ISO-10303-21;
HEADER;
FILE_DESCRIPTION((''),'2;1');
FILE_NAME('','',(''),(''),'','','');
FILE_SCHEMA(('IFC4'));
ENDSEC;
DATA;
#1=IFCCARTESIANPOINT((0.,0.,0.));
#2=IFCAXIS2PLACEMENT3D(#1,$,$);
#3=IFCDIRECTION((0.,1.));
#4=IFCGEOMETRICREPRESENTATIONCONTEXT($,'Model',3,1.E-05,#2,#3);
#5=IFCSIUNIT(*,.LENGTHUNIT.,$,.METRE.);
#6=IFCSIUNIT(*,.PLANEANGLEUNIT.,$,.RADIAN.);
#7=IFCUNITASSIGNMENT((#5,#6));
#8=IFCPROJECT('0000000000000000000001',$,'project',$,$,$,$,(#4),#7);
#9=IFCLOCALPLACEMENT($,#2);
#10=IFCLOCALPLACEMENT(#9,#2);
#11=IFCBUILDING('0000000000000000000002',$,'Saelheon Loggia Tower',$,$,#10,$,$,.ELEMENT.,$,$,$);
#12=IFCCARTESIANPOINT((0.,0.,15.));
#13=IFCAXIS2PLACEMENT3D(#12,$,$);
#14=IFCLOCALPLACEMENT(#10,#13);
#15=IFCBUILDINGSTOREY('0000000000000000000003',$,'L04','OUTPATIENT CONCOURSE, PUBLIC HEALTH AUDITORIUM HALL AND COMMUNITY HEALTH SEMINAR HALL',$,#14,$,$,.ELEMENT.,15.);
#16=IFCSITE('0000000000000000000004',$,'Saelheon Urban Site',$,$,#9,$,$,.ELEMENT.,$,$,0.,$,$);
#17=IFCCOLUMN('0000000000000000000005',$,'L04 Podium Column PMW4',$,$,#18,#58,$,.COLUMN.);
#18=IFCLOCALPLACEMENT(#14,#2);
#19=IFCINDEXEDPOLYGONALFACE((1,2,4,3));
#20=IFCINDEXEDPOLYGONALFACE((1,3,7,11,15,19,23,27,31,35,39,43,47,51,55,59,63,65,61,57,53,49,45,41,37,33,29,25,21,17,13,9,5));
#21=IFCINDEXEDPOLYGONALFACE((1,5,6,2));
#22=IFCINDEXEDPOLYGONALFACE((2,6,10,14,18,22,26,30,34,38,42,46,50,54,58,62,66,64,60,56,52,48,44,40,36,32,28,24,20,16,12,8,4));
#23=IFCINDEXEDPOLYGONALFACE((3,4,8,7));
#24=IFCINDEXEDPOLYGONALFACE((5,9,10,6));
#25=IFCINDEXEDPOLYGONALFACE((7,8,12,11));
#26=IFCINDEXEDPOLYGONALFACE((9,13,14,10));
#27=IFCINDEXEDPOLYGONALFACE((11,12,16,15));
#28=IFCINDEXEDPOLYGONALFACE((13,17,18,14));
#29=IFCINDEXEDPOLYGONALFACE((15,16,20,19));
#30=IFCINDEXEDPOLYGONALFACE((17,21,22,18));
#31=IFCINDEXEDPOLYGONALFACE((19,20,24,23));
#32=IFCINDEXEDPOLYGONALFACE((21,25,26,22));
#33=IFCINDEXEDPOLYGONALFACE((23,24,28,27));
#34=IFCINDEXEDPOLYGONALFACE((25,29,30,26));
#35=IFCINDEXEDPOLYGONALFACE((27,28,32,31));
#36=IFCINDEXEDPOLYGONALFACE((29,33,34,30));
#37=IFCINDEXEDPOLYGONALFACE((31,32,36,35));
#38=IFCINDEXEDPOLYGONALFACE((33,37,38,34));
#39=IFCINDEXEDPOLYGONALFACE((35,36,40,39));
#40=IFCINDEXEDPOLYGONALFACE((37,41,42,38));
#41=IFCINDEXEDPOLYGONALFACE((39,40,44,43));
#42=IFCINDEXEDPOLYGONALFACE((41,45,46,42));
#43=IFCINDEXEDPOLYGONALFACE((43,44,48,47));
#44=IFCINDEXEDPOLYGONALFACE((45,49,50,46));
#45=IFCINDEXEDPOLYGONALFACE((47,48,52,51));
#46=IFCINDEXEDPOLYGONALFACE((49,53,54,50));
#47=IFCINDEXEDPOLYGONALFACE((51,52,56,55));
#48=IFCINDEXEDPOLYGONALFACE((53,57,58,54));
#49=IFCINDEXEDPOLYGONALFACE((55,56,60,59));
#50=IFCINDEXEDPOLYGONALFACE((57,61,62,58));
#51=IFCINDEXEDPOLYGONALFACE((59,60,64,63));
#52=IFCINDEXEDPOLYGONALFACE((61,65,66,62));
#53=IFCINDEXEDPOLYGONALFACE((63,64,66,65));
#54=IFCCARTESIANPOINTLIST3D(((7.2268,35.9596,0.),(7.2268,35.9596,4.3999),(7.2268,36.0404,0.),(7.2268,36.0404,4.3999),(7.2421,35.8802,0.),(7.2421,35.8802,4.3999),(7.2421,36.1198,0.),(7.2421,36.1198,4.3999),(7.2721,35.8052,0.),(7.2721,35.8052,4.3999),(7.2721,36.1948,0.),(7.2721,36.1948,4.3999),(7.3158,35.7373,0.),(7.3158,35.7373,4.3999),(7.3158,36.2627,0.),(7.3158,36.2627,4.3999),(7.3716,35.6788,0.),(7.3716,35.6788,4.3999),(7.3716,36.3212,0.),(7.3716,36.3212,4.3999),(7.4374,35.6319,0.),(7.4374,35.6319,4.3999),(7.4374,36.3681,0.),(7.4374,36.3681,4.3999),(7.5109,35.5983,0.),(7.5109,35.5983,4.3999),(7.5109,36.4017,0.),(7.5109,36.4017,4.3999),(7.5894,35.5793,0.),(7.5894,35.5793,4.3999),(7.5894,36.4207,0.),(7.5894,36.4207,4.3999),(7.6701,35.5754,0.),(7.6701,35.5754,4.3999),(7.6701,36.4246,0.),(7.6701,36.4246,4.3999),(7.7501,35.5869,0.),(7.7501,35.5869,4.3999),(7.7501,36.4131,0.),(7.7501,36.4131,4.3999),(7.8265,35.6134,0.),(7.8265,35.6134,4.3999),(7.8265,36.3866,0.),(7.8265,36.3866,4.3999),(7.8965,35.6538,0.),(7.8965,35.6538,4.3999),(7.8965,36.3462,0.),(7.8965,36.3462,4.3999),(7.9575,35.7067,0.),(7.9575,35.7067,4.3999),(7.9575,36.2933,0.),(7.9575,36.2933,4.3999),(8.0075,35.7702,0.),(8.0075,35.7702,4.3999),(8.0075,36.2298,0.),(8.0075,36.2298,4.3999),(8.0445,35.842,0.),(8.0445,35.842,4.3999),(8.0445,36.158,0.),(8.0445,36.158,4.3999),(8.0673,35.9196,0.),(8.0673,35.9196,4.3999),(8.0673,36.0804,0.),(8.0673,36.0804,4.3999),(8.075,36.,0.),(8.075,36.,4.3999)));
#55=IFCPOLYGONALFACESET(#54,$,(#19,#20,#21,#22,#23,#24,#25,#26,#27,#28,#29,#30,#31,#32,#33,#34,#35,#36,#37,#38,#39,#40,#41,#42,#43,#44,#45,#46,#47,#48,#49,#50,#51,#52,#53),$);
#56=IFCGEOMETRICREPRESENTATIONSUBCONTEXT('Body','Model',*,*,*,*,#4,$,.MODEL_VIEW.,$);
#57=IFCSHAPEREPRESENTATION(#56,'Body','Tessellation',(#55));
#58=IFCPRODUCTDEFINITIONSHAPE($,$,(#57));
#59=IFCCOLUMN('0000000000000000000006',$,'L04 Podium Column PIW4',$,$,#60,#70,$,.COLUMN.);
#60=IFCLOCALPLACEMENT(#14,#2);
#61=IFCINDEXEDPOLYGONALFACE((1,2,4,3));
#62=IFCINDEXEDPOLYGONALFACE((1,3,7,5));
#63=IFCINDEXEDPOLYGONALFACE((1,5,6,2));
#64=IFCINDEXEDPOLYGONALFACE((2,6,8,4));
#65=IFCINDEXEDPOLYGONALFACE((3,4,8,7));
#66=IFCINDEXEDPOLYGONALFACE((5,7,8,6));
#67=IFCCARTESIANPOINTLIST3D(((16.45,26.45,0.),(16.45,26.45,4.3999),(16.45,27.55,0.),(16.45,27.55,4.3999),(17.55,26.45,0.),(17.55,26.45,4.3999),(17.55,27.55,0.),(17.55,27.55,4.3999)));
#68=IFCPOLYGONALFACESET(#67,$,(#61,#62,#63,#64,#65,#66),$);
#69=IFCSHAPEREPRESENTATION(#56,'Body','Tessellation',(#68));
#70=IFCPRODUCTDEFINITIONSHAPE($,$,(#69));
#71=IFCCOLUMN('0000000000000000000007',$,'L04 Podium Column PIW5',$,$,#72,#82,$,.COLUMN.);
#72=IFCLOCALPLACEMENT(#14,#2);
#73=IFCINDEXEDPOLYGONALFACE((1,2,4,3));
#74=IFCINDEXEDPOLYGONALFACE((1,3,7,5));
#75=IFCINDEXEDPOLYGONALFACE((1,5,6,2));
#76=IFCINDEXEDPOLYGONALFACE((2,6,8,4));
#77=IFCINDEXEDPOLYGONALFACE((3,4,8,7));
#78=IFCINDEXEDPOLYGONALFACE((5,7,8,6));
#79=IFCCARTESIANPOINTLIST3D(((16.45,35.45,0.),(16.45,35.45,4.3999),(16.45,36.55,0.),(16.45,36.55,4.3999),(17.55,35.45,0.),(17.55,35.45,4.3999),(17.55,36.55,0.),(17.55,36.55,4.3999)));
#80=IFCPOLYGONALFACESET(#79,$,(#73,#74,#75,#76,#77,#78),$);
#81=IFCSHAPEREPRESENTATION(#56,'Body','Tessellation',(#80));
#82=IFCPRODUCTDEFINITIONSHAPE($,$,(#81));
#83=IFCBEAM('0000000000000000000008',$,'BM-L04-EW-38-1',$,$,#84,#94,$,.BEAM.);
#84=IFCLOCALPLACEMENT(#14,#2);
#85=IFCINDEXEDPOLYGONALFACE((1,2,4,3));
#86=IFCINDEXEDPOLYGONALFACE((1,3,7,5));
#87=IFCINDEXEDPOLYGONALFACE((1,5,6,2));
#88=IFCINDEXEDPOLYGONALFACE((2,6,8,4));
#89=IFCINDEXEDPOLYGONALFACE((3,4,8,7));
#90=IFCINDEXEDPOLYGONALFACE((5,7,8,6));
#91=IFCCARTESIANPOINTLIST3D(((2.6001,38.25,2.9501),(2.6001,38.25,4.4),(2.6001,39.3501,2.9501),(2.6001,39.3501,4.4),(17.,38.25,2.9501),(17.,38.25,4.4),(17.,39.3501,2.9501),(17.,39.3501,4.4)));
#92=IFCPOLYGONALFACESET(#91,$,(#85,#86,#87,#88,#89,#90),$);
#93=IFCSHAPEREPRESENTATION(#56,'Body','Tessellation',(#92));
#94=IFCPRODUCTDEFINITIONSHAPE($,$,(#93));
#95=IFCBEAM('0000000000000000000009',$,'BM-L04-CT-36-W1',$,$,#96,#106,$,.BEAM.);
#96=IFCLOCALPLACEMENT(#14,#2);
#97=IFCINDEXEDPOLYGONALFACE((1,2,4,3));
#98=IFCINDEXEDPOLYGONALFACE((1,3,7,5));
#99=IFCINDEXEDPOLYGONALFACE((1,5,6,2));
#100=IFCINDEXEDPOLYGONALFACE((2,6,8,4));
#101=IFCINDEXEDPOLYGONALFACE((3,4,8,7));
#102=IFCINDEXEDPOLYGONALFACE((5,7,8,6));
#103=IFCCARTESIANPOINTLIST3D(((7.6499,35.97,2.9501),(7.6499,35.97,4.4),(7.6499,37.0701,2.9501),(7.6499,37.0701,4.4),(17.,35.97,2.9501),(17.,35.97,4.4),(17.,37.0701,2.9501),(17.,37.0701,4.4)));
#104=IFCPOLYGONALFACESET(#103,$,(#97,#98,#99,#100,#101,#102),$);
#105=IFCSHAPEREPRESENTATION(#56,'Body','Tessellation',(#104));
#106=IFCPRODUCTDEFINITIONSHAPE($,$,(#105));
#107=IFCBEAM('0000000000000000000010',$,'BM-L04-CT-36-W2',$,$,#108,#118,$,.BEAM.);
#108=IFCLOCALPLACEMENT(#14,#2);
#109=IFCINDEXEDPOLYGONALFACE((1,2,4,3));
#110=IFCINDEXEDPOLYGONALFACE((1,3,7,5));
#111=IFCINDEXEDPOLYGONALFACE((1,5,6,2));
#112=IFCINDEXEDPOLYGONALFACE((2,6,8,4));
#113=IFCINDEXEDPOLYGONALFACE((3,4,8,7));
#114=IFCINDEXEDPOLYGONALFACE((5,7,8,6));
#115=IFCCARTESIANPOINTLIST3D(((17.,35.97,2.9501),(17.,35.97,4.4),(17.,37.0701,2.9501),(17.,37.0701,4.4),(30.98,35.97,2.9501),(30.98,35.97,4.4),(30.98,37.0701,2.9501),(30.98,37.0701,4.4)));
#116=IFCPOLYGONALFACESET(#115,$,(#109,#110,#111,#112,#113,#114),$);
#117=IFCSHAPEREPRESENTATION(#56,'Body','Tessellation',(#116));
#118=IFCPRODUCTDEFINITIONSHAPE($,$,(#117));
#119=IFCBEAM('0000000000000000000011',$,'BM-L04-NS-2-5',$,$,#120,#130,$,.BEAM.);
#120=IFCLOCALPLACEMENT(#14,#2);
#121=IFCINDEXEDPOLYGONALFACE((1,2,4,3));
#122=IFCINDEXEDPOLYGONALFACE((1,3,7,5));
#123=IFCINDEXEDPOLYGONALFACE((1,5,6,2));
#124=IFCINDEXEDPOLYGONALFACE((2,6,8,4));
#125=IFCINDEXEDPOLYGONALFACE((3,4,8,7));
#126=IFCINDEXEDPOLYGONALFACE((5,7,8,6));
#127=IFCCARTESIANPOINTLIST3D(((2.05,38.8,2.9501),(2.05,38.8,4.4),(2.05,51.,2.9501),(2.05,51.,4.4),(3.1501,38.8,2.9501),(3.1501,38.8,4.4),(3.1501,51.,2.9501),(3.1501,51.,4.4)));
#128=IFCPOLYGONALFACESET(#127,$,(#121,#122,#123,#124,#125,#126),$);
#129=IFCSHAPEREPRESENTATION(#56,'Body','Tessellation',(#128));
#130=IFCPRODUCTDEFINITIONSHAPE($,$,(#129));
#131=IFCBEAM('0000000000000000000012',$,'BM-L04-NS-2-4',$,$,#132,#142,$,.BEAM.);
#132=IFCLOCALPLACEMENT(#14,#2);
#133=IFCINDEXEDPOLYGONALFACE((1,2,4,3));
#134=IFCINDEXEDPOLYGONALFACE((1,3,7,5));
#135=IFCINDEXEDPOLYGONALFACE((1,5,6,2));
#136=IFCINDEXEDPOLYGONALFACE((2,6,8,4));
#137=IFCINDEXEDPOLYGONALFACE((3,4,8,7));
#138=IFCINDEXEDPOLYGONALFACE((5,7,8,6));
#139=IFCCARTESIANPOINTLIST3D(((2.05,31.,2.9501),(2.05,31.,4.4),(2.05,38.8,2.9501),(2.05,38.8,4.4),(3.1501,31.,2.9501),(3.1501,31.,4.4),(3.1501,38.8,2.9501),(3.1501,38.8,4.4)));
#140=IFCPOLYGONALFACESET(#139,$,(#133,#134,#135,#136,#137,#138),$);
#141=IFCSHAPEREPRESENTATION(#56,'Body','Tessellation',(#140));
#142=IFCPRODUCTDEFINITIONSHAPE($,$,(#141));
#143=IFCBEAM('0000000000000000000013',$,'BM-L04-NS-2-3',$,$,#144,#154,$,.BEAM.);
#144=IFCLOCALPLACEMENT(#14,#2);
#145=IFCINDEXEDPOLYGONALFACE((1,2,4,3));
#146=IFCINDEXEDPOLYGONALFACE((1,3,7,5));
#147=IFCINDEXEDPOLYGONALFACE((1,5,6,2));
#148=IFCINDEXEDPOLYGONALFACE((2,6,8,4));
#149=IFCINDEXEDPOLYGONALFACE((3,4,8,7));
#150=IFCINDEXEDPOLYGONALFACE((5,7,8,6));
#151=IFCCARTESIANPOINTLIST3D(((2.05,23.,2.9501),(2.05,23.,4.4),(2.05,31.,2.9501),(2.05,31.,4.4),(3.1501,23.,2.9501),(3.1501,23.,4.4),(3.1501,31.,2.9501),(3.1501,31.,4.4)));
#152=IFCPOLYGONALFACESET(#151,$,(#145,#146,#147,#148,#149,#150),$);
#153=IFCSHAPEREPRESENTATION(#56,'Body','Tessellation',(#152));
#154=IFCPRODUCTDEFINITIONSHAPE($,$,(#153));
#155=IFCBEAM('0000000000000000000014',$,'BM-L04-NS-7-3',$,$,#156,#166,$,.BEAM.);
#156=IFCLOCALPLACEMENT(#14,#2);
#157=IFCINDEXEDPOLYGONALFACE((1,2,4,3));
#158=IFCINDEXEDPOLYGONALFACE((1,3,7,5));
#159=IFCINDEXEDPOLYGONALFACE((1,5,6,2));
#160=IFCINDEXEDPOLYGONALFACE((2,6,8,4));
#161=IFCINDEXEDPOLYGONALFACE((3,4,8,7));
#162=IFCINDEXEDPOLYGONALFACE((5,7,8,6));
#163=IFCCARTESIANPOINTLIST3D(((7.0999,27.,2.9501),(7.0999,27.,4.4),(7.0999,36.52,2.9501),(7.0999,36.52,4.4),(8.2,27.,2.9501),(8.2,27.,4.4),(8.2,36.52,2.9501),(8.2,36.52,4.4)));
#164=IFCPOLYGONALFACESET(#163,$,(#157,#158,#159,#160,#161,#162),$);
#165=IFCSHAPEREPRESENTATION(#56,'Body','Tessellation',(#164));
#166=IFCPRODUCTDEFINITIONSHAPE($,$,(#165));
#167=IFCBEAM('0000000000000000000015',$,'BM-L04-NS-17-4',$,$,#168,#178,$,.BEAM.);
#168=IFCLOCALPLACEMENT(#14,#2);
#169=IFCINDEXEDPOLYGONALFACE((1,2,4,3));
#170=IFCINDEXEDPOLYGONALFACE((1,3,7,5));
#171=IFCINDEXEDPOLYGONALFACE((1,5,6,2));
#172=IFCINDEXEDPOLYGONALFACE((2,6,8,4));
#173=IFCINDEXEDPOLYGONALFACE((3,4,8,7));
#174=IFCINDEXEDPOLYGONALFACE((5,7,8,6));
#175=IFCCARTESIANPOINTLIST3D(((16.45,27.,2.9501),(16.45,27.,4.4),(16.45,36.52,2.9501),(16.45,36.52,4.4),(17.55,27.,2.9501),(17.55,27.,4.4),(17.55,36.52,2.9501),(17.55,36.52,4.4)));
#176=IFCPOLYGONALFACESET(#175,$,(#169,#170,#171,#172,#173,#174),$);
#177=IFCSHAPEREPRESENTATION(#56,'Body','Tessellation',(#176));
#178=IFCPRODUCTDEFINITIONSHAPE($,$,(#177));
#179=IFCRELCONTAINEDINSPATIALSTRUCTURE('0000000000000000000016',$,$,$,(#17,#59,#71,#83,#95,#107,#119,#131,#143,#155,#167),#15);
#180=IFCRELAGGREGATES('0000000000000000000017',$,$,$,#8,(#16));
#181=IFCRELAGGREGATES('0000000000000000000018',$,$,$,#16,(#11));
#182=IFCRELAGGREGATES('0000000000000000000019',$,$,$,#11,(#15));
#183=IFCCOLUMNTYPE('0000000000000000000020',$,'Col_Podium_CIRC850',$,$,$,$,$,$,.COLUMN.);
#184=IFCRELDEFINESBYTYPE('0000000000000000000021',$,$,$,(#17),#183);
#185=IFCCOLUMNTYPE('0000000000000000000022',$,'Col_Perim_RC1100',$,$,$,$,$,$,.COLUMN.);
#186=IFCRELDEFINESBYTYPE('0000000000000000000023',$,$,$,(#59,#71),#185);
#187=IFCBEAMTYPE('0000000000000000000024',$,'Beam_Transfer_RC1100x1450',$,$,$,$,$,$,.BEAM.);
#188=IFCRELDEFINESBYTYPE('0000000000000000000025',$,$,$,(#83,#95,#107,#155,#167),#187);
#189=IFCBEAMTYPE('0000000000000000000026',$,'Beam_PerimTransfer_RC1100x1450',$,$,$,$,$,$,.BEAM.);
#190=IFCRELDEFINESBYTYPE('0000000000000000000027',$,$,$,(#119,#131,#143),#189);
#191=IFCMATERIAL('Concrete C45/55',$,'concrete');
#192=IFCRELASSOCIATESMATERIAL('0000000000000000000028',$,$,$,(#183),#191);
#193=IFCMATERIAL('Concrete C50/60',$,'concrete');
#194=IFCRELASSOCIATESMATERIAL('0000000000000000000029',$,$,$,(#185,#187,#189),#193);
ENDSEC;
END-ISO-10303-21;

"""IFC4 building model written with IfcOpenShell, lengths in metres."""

from ifc_helpers import new_model, si_unit, direction, frame, origin, origin_2d, place, context, subcontext, project, spatial, rectangle, circle, extrude, source, transform, mapped, material, material_profile, profile_set, type_object, element, save


model = new_model("IFC4")

# Units and contexts
model_context = context("Model", 3, precision=1e-05, world=origin(), true_north=direction((0.0, 1.0)))
body_context = subcontext(model_context, "Body", "Model", "MODEL_VIEW")
ifc_project = project(units=[si_unit("LENGTHUNIT", "METRE"), si_unit("PLANEANGLEUNIT", "RADIAN")], contexts=[model_context])

# Site, building, storey
site_placement = place(None, origin())
site = spatial("IfcSite", under=ifc_project, at=site_placement, Name="Saelheon Urban Site", CompositionType="ELEMENT", RefElevation=0.0)
building_placement = place(site_placement, origin())
building = spatial("IfcBuilding", under=site, at=building_placement, Name="Saelheon Loggia Tower", CompositionType="ELEMENT")
storey_placement = place(building_placement, frame((0.0, 0.0, 15.0)))
storey = spatial("IfcBuildingStorey", under=building, at=storey_placement, Name="L04", Description="OUTPATIENT CONCOURSE, PUBLIC HEALTH AUDITORIUM HALL AND COMMUNITY HEALTH SEMINAR HALL", CompositionType="ELEMENT", Elevation=15.0)

# Columns
ifc_material_1 = material(Name="Concrete C50/60", Category="concrete")
ifc_material_2 = material(Name="Concrete C45/55", Category="concrete")
ifc_material_profile_1 = material_profile(ifc_material_2, circle(Radius=0.425, at=origin_2d()), Name="CIRC-850")
ifc_profile_set_1 = profile_set([ifc_material_profile_1], Name="Concrete C45/55")
column_type_1 = type_object("IfcColumnType", Name="Col_Podium_CIRC850", PredefinedType="COLUMN", material=ifc_profile_set_1)
shared_shape_1 = source(origin(), body_context, "Body", "SweptSolid", [
    extrude(circle(Radius=0.425, at=origin_2d()), origin(), (0.0, 0.0, 1.0), 4.3999),
])
for number, where, z_axis, x_axis, name in (
    (1, (7.6499, 36.0, 0.0), (0.0, 0.0, 1.0), (1.0, 0.0, 0.0), "L04 Podium Column PMW4"),
):
    element("IfcColumn", number, at=place(storey_placement, frame(where, z_axis=z_axis, x_axis=x_axis)), inside=storey, type_object=column_type_1, Name=name, PredefinedType="COLUMN", context=body_context, shape_type="MappedRepresentation", body=[
        mapped(shared_shape_1, transform((0.0, 0.0, 0.0), scale=1.0)),
    ])
ifc_material_profile_2 = material_profile(ifc_material_1, rectangle(XDim=1.1001, YDim=1.1001, at=origin_2d()), Name="RC-1100x1100")
ifc_profile_set_2 = profile_set([ifc_material_profile_2], Name="Concrete C50/60")
column_type_2 = type_object("IfcColumnType", Name="Col_Perim_RC1100", PredefinedType="COLUMN", material=ifc_profile_set_2)
shared_shape_2 = source(origin(), body_context, "Body", "SweptSolid", [
    extrude(rectangle(XDim=1.1001, YDim=1.1001, at=origin_2d()), origin(), (0.0, 0.0, 1.0), 4.3999),
])
for number, where, z_axis, x_axis, name in (
    (2, (17.0, 27.0, 0.0), (0.0, 0.0, 1.0), (1.0, 0.0, 0.0), "L04 Podium Column PIW4"),
    (3, (17.0, 36.0, 0.0), (0.0, 0.0, 1.0), (1.0, 0.0, 0.0), "L04 Podium Column PIW5"),
):
    element("IfcColumn", number, at=place(storey_placement, frame(where, z_axis=z_axis, x_axis=x_axis)), inside=storey, type_object=column_type_2, Name=name, PredefinedType="COLUMN", context=body_context, shape_type="MappedRepresentation", body=[
        mapped(shared_shape_2, transform((0.0, 0.0, 0.0), scale=1.0)),
    ])

# Beams
ifc_material_profile_3 = material_profile(ifc_material_1, rectangle(XDim=1.1001, YDim=1.45, at=origin_2d()), Name="RC-1100x1450")
ifc_profile_set_3 = profile_set([ifc_material_profile_3], Name="Concrete C50/60")
beam_type_1 = type_object("IfcBeamType", Name="Beam_Transfer_RC1100x1450", PredefinedType="BEAM", material=ifc_profile_set_3)
shared_shape_3 = source(origin(), body_context, "Body", "SweptSolid", [
    extrude(rectangle(XDim=1.1001, YDim=1.45, at=origin_2d()), origin(), (0.0, 0.0, 1.0), 14.3999),
])
beam_1_placement = place(storey_placement, frame((2.6001, 38.8, 3.675), z_axis=(1.0, 0.0, 0.0), x_axis=(0.0, 1.0, 0.0)))
element("IfcBeam", 4, at=beam_1_placement, inside=storey, type_object=beam_type_1, Name="BM-L04-EW-38-1", PredefinedType="BEAM", context=body_context, shape_type="MappedRepresentation", body=[
    mapped(shared_shape_3, transform((0.0, 0.0, 0.0), scale=1.0)),
])
shared_shape_4 = source(origin(), body_context, "Body", "SweptSolid", [
    extrude(rectangle(XDim=1.1001, YDim=1.45, at=origin_2d()), origin(), (0.0, 0.0, 1.0), 9.3501),
])
beam_2_placement = place(storey_placement, frame((7.6499, 36.52, 3.675), z_axis=(1.0, 0.0, 0.0), x_axis=(0.0, 1.0, 0.0)))
element("IfcBeam", 5, at=beam_2_placement, inside=storey, type_object=beam_type_1, Name="BM-L04-CT-36-W1", PredefinedType="BEAM", context=body_context, shape_type="MappedRepresentation", body=[
    mapped(shared_shape_4, transform((0.0, 0.0, 0.0), scale=1.0)),
])
shared_shape_5 = source(origin(), body_context, "Body", "SweptSolid", [
    extrude(rectangle(XDim=1.1001, YDim=1.45, at=origin_2d()), origin(), (0.0, 0.0, 1.0), 13.98),
])
beam_3_placement = place(storey_placement, frame((17.0, 36.52, 3.675), z_axis=(1.0, 0.0, 0.0), x_axis=(0.0, 1.0, 0.0)))
element("IfcBeam", 6, at=beam_3_placement, inside=storey, type_object=beam_type_1, Name="BM-L04-CT-36-W2", PredefinedType="BEAM", context=body_context, shape_type="MappedRepresentation", body=[
    mapped(shared_shape_5, transform((0.0, 0.0, 0.0), scale=1.0)),
])
ifc_material_profile_4 = material_profile(ifc_material_1, rectangle(XDim=1.1001, YDim=1.45, at=origin_2d()), Name="RC-1100x1450")
ifc_profile_set_4 = profile_set([ifc_material_profile_4], Name="Concrete C50/60")
beam_type_2 = type_object("IfcBeamType", Name="Beam_PerimTransfer_RC1100x1450", PredefinedType="BEAM", material=ifc_profile_set_4)
shared_shape_6 = source(origin(), body_context, "Body", "SweptSolid", [
    extrude(rectangle(XDim=1.1001, YDim=1.45, at=origin_2d()), origin(), (0.0, 0.0, 1.0), 12.2),
])
beam_4_placement = place(storey_placement, frame((2.6001, 38.8, 3.675), z_axis=(0.0, 1.0, 0.0), x_axis=(-1.0, 0.0, 0.0)))
element("IfcBeam", 7, at=beam_4_placement, inside=storey, type_object=beam_type_2, Name="BM-L04-NS-2-5", PredefinedType="BEAM", context=body_context, shape_type="MappedRepresentation", body=[
    mapped(shared_shape_6, transform((0.0, 0.0, 0.0), scale=1.0)),
])
shared_shape_7 = source(origin(), body_context, "Body", "SweptSolid", [
    extrude(rectangle(XDim=1.1001, YDim=1.45, at=origin_2d()), origin(), (0.0, 0.0, 1.0), 7.8),
])
beam_5_placement = place(storey_placement, frame((2.6001, 31.0, 3.675), z_axis=(0.0, 1.0, 0.0), x_axis=(-1.0, 0.0, 0.0)))
element("IfcBeam", 8, at=beam_5_placement, inside=storey, type_object=beam_type_2, Name="BM-L04-NS-2-4", PredefinedType="BEAM", context=body_context, shape_type="MappedRepresentation", body=[
    mapped(shared_shape_7, transform((0.0, 0.0, 0.0), scale=1.0)),
])
shared_shape_8 = source(origin(), body_context, "Body", "SweptSolid", [
    extrude(rectangle(XDim=1.1001, YDim=1.45, at=origin_2d()), origin(), (0.0, 0.0, 1.0), 8.0),
])
beam_6_placement = place(storey_placement, frame((2.6001, 23.0, 3.675), z_axis=(0.0, 1.0, 0.0), x_axis=(-1.0, 0.0, 0.0)))
element("IfcBeam", 9, at=beam_6_placement, inside=storey, type_object=beam_type_2, Name="BM-L04-NS-2-3", PredefinedType="BEAM", context=body_context, shape_type="MappedRepresentation", body=[
    mapped(shared_shape_8, transform((0.0, 0.0, 0.0), scale=1.0)),
])
shared_shape_9 = source(origin(), body_context, "Body", "SweptSolid", [
    extrude(rectangle(XDim=1.1001, YDim=1.45, at=origin_2d()), origin(), (0.0, 0.0, 1.0), 9.52),
])
for number, where, z_axis, x_axis, name in (
    (10, (7.6499, 27.0, 3.675), (0.0, 1.0, 0.0), (-1.0, 0.0, 0.0), "BM-L04-NS-7-3"),
    (11, (17.0, 27.0, 3.675), (0.0, 1.0, 0.0), (-1.0, 0.0, 0.0), "BM-L04-NS-17-4"),
):
    element("IfcBeam", number, at=place(storey_placement, frame(where, z_axis=z_axis, x_axis=x_axis)), inside=storey, type_object=beam_type_1, Name=name, PredefinedType="BEAM", context=body_context, shape_type="MappedRepresentation", body=[
        mapped(shared_shape_9, transform((0.0, 0.0, 0.0), scale=1.0)),
    ])

save(model, "model.ifc")
